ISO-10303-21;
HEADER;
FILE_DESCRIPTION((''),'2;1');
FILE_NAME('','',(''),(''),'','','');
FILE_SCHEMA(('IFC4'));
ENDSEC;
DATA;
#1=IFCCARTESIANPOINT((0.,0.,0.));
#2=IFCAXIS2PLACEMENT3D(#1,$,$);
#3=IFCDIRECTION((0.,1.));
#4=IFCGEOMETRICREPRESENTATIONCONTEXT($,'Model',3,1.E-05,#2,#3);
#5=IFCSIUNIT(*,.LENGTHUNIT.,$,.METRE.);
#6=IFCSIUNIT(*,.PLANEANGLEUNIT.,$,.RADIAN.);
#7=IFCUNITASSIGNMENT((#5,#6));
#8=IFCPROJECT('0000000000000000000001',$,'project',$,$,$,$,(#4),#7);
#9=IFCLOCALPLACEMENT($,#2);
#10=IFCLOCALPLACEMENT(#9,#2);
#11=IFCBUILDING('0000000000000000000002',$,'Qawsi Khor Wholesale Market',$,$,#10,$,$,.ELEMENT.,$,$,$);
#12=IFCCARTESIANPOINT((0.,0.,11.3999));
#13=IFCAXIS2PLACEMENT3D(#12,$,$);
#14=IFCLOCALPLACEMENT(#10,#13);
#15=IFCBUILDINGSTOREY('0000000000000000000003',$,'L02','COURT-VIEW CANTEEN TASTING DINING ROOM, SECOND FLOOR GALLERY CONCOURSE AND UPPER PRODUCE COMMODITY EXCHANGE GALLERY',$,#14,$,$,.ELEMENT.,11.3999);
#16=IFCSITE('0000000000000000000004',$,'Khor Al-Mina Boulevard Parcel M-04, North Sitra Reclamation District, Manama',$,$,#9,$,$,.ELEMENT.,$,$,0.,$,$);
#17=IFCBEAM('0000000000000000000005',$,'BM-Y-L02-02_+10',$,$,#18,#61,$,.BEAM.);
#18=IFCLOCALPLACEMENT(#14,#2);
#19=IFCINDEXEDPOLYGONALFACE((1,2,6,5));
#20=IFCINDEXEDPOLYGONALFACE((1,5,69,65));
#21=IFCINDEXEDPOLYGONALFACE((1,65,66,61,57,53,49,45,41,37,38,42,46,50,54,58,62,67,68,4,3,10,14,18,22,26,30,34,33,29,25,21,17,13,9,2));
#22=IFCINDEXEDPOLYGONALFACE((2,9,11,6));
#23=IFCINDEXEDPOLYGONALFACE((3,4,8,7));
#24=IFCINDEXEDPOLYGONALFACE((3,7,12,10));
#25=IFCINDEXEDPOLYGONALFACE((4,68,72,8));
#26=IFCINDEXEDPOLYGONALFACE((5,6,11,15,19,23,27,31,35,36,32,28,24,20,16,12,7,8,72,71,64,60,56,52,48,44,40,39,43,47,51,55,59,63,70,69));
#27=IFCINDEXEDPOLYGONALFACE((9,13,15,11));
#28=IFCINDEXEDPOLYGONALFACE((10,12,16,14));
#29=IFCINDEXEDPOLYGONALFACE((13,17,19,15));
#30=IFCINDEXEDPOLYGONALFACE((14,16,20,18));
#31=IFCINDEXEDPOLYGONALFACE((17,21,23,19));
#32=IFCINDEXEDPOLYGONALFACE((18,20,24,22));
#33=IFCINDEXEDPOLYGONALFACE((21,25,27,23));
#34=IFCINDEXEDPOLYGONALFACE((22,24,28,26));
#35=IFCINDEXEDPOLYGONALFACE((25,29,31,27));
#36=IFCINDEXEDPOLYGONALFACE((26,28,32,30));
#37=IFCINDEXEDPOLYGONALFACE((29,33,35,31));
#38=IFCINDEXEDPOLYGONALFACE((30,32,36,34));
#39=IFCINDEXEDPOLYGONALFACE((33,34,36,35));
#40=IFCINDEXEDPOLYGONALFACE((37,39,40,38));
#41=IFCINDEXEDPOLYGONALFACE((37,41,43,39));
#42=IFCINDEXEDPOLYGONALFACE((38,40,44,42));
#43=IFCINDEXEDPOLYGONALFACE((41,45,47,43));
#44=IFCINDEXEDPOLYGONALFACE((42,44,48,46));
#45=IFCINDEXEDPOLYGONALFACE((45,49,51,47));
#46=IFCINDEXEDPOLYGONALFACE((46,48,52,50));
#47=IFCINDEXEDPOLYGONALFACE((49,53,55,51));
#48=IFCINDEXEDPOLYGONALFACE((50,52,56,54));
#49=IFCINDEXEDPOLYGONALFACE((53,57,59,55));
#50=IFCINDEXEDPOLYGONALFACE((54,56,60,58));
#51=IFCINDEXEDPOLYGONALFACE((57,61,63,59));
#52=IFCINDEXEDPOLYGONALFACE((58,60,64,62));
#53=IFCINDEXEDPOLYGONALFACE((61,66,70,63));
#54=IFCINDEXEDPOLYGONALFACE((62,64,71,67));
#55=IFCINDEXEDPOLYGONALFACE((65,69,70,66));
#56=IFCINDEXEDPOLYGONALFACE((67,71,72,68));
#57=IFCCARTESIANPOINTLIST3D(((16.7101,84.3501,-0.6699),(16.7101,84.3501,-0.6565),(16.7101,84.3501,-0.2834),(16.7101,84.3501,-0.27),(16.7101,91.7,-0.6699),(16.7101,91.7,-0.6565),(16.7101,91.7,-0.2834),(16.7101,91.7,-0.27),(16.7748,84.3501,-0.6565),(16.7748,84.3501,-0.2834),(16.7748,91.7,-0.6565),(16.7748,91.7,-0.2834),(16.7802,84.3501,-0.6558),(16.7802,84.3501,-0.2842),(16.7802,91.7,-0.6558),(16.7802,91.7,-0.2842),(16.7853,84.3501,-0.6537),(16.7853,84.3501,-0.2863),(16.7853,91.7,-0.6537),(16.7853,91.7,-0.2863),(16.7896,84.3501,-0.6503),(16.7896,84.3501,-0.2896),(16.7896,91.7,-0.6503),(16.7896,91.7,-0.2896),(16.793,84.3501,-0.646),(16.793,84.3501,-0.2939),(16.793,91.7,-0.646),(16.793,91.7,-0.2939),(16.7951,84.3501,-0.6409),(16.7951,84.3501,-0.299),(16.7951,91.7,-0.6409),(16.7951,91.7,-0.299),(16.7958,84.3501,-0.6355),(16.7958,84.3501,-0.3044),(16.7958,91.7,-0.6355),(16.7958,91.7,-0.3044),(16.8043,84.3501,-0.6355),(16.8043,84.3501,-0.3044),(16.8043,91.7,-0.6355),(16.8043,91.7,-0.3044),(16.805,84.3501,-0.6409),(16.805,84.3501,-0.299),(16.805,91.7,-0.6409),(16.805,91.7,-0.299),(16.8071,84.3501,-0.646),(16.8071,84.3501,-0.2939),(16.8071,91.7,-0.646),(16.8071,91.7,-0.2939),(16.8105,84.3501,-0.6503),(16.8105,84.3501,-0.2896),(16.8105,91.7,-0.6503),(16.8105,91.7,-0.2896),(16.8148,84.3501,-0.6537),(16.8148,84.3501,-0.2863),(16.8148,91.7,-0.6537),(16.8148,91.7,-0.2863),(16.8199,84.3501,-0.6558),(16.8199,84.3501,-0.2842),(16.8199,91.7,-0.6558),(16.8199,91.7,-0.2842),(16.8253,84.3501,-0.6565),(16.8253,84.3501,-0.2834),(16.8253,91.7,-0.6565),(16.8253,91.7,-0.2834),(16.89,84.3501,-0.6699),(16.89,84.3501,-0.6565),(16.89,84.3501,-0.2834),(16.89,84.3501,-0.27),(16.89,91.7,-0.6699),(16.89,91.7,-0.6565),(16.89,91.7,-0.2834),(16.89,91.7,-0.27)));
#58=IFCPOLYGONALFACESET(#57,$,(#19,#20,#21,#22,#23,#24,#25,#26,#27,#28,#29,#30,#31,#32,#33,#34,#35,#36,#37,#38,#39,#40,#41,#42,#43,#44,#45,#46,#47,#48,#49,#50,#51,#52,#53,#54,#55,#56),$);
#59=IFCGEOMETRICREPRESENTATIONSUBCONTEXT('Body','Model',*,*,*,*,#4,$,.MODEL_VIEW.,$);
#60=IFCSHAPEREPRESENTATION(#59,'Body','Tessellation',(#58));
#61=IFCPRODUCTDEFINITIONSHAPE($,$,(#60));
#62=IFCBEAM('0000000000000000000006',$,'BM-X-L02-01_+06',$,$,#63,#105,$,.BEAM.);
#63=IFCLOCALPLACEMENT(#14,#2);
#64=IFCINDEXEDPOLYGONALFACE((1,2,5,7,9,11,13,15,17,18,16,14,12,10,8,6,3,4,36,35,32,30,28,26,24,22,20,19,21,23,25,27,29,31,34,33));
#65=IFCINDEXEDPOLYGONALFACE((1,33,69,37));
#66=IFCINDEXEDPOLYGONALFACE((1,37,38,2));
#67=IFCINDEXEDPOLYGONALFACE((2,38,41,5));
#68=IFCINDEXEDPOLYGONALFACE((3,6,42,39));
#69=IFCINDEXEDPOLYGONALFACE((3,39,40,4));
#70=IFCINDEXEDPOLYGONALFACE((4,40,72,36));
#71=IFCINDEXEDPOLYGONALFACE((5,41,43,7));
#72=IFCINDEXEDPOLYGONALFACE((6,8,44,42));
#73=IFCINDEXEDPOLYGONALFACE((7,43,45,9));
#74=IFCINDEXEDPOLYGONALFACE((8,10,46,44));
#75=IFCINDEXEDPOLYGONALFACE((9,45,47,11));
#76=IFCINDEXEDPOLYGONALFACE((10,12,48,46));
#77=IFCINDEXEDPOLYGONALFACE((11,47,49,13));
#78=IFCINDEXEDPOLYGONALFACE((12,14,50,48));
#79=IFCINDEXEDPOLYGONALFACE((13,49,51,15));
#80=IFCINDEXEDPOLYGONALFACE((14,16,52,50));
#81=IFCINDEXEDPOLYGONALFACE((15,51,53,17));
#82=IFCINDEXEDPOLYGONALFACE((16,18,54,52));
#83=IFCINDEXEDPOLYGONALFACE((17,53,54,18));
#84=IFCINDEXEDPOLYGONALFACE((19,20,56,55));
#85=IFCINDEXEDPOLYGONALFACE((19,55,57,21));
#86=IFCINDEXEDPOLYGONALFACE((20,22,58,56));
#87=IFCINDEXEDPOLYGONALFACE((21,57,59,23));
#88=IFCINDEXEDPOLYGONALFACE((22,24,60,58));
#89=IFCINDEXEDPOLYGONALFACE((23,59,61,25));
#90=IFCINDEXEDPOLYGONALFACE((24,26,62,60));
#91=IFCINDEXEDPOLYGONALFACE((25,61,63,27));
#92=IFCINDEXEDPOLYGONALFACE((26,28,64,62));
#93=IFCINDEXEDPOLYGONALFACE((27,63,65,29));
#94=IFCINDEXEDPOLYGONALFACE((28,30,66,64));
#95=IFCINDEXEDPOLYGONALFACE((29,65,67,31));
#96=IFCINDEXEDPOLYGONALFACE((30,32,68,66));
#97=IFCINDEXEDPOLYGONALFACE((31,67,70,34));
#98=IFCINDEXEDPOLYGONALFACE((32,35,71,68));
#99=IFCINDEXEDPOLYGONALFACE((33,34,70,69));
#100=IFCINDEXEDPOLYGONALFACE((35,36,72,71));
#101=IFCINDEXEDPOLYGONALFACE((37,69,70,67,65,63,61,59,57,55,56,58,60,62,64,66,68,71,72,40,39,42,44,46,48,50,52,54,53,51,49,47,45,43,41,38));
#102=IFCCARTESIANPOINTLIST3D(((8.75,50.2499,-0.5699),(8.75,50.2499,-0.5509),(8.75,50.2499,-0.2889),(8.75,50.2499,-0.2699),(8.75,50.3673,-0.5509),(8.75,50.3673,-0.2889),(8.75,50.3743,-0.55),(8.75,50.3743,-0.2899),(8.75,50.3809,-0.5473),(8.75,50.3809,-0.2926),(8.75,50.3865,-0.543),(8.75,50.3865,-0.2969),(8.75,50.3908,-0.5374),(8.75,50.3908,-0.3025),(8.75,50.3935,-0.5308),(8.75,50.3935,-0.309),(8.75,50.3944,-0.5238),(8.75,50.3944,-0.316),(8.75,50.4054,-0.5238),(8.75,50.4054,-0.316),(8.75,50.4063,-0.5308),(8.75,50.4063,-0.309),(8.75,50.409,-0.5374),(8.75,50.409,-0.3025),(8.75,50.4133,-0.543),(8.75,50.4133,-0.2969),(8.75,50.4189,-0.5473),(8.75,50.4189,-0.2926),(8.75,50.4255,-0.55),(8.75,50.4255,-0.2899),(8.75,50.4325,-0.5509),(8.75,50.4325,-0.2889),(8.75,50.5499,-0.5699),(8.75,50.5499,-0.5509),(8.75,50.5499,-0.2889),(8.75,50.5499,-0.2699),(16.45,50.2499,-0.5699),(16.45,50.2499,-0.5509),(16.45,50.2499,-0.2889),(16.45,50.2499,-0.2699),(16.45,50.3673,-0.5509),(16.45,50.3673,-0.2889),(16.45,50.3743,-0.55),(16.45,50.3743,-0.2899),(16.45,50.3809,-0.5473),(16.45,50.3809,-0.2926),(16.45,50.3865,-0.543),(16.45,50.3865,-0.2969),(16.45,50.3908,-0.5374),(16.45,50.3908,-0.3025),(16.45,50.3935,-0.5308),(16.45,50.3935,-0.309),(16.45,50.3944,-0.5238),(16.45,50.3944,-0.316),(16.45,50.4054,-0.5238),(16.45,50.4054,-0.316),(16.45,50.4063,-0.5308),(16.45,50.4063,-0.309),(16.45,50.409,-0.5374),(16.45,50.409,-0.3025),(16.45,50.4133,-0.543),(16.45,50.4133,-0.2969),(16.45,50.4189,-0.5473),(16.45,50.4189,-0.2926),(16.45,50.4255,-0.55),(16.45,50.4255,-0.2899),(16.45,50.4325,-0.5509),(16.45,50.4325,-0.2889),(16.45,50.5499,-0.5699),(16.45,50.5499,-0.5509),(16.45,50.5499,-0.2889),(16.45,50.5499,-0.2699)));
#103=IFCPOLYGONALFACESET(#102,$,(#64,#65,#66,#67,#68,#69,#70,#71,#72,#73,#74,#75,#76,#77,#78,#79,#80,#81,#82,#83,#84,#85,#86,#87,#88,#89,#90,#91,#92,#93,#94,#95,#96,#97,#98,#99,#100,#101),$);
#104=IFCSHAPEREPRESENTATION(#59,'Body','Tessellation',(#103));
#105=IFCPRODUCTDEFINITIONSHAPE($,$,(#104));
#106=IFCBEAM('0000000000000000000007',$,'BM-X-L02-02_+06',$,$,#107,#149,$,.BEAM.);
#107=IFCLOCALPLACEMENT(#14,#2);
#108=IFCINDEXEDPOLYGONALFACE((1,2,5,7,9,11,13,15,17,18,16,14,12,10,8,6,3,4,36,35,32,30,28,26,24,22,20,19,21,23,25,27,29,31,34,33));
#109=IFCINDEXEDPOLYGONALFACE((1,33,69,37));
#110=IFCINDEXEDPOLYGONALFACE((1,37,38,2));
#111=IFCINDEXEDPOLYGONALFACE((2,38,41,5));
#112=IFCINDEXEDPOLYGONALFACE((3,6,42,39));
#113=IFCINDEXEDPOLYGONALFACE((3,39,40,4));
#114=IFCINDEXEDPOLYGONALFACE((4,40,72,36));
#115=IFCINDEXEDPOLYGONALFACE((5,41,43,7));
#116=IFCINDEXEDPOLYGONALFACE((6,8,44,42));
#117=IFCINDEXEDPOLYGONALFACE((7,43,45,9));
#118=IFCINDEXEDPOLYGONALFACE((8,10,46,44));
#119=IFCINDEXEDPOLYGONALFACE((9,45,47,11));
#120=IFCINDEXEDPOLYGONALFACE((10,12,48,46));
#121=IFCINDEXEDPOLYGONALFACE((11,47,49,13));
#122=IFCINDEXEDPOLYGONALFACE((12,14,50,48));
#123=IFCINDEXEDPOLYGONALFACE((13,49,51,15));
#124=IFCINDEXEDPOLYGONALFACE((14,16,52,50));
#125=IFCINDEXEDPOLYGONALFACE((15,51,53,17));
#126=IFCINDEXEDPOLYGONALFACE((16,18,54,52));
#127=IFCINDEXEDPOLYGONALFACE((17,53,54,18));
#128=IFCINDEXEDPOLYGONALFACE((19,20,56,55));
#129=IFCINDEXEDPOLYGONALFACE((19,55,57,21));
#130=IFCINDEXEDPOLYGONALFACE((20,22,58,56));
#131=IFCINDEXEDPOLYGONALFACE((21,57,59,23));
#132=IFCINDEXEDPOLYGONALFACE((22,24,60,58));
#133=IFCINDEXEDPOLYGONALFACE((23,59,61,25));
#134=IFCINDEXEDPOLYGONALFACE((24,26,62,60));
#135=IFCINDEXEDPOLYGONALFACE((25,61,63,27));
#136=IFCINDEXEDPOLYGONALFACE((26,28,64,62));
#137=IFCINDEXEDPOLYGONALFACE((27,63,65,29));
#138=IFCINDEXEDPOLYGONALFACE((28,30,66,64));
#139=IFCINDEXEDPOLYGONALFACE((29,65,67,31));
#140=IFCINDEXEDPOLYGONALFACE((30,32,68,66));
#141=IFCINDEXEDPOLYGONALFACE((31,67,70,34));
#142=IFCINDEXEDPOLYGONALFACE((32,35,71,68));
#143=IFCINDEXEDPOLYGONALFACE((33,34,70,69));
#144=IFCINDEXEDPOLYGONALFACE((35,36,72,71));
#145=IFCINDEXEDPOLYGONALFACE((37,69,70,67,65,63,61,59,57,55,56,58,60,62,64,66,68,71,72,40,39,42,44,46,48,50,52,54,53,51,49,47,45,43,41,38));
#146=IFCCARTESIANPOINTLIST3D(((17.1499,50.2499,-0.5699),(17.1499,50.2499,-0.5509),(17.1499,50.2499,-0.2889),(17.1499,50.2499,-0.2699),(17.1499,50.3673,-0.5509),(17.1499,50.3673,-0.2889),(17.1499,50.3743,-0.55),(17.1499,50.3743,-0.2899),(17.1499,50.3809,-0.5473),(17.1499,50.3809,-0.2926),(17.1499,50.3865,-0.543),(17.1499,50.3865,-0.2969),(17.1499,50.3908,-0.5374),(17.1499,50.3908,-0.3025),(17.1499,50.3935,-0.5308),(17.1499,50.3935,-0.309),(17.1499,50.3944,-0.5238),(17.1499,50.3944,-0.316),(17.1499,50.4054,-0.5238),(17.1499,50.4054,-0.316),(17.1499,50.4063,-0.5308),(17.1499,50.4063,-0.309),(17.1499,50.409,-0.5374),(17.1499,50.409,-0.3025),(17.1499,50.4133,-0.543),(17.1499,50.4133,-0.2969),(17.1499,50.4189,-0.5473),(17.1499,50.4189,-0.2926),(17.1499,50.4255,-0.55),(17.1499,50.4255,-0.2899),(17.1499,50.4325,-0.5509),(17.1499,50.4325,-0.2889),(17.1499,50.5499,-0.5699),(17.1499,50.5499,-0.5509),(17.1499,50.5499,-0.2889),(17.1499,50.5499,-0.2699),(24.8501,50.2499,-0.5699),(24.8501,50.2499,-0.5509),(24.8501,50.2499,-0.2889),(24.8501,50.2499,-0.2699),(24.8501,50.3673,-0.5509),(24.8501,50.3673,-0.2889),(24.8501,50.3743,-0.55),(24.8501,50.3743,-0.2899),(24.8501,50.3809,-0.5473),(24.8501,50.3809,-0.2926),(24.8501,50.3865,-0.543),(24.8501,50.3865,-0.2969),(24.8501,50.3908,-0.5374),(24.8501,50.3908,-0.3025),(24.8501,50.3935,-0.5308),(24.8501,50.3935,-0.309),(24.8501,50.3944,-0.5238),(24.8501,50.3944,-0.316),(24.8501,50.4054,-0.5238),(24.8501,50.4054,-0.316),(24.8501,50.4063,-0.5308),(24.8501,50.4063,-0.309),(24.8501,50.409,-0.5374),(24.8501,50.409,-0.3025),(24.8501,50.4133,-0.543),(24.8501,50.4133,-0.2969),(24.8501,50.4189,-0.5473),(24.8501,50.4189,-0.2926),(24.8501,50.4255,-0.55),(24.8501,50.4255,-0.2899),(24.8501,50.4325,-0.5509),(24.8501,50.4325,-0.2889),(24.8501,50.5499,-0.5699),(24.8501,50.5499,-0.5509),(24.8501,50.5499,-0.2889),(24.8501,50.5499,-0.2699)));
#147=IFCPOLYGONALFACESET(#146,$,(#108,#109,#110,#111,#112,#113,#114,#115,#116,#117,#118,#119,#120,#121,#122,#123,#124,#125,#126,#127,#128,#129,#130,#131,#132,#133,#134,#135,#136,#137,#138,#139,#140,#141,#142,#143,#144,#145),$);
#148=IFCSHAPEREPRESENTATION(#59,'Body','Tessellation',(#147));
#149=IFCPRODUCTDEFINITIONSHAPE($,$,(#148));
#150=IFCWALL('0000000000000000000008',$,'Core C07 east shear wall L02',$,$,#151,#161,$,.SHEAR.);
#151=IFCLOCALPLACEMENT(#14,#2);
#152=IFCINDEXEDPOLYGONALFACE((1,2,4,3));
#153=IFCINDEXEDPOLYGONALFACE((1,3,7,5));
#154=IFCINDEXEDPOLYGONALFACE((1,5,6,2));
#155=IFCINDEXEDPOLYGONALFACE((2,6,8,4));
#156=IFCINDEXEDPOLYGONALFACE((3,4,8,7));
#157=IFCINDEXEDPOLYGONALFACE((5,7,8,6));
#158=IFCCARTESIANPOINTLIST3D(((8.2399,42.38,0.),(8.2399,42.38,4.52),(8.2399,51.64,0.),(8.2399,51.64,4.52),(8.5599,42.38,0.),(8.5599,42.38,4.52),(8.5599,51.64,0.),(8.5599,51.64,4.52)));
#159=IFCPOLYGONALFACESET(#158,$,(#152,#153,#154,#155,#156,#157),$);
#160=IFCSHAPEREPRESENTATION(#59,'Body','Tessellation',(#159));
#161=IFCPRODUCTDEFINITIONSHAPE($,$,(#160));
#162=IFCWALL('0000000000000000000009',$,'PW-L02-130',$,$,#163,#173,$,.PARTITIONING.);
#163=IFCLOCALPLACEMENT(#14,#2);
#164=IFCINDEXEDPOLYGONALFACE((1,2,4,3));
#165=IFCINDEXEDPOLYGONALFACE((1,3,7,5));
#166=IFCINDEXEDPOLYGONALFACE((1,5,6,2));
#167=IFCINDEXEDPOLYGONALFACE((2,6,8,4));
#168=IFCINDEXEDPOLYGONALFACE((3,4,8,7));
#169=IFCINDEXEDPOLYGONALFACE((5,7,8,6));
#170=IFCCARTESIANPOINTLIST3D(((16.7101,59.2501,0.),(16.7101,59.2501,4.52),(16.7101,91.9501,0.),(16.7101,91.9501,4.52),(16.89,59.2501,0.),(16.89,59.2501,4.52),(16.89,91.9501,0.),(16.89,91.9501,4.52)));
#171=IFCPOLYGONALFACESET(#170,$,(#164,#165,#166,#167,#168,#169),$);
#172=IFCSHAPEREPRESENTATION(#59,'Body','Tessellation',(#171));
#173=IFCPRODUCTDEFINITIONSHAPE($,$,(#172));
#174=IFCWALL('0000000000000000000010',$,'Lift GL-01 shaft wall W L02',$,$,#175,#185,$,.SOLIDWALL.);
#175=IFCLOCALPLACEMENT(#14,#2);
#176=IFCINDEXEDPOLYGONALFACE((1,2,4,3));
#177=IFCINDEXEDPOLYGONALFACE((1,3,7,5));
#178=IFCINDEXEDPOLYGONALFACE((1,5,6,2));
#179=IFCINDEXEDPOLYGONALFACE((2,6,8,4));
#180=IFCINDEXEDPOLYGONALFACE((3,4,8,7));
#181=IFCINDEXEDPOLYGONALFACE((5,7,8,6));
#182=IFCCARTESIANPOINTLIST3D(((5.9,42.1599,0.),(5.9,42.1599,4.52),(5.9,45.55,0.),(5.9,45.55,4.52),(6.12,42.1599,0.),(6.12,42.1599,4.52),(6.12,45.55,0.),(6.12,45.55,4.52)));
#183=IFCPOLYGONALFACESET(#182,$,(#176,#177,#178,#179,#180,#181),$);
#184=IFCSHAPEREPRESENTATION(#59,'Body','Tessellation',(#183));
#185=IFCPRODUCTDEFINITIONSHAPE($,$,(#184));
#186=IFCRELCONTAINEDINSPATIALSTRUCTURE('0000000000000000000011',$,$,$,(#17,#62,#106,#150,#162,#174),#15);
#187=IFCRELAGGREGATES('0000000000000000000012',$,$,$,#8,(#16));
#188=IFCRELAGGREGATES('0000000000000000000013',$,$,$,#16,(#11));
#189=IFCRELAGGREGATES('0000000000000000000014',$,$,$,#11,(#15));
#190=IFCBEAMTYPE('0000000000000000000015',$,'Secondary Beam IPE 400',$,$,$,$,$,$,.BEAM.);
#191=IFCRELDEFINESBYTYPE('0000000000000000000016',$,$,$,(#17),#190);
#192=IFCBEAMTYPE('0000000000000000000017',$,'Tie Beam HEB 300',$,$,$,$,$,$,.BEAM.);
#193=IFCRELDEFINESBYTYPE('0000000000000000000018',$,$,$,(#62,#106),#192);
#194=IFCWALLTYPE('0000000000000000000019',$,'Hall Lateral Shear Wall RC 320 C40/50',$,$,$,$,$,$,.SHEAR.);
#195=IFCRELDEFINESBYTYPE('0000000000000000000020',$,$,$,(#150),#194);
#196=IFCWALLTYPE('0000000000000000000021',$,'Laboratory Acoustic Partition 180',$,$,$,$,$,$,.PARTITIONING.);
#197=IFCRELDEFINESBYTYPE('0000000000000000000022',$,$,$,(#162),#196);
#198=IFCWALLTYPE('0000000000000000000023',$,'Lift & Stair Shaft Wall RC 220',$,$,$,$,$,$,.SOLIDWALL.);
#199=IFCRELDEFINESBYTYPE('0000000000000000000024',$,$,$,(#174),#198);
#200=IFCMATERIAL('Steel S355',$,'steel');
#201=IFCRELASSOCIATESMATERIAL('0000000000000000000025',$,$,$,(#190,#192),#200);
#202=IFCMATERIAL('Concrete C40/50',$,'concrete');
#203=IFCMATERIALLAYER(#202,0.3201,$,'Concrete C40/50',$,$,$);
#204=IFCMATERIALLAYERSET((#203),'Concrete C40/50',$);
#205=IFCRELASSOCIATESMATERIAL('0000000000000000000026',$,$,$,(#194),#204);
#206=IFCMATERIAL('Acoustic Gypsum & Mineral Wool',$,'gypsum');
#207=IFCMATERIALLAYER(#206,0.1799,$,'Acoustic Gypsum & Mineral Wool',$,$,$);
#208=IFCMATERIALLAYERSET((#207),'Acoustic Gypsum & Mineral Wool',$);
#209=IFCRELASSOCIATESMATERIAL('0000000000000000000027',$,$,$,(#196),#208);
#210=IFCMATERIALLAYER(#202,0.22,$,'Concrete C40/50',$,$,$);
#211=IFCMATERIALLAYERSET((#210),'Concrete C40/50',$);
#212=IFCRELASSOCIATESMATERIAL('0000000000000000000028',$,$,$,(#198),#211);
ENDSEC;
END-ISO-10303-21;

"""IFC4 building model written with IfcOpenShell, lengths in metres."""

from ifc_helpers import new_model, si_unit, direction, frame, frame_2d, origin, origin_2d, place, context, subcontext, project, spatial, rectangle, i_section, extrude, material, layer, layer_set, material_profile, profile_set, type_object, element, save


model = new_model("IFC4")

# Units and contexts
model_context = context("Model", 3, precision=1e-05, world=origin(), true_north=direction((0.0, 1.0)))
body_context = subcontext(model_context, "Body", "Model", "MODEL_VIEW")
ifc_project = project(units=[si_unit("LENGTHUNIT", "METRE"), si_unit("PLANEANGLEUNIT", "RADIAN")], contexts=[model_context])

# Site, building, storey
site_placement = place(None, origin())
site = spatial("IfcSite", under=ifc_project, at=site_placement, Name="Khor Al-Mina Boulevard Parcel M-04, North Sitra Reclamation District, Manama", CompositionType="ELEMENT", RefElevation=0.0)
building_placement = place(site_placement, origin())
building = spatial("IfcBuilding", under=site, at=building_placement, Name="Qawsi Khor Wholesale Market", CompositionType="ELEMENT")
storey_placement = place(building_placement, frame((0.0, 0.0, 11.3999)))
storey = spatial("IfcBuildingStorey", under=building, at=storey_placement, Name="L02", Description="COURT-VIEW CANTEEN TASTING DINING ROOM, SECOND FLOOR GALLERY CONCOURSE AND UPPER PRODUCE COMMODITY EXCHANGE GALLERY", CompositionType="ELEMENT", Elevation=11.3999)

# Shared definitions
ifc_material_1 = material(Name="Concrete C40/50", Category="concrete")

# Beams
ifc_material_2 = material(Name="Steel S355", Category="steel")
ifc_material_profile_1 = material_profile(ifc_material_2, i_section(OverallWidth=0.1799, OverallDepth=0.3999, WebThickness=0.0085, FlangeThickness=0.0134, FilletRadius=0.021, at=origin_2d()), Name="IPE 400")
ifc_profile_set_1 = profile_set([ifc_material_profile_1], Name="Steel S355")
beam_type_1 = type_object("IfcBeamType", Name="Secondary Beam IPE 400", PredefinedType="BEAM", material=ifc_profile_set_1)
beam_1_placement = place(storey_placement, frame((16.8, 84.3501, -0.47), z_axis=(0.0, 1.0, 0.0), x_axis=(-1.0, 0.0, 0.0)))
element("IfcBeam", 1, at=beam_1_placement, inside=storey, type_object=beam_type_1, Name="BM-Y-L02-02_+10", PredefinedType="BEAM", context=body_context, shape_type="SweptSolid", body=[
    extrude(i_section(OverallWidth=0.1799, OverallDepth=0.3999, WebThickness=0.0085, FlangeThickness=0.0134, FilletRadius=0.021, at=origin_2d()), origin(), (0.0, 0.0, 1.0), 7.3499),
])
ifc_material_profile_2 = material_profile(ifc_material_2, i_section(OverallWidth=0.3, OverallDepth=0.3, WebThickness=0.011, FlangeThickness=0.019, FilletRadius=0.0271, at=origin_2d()), Name="HEB 300")
ifc_profile_set_2 = profile_set([ifc_material_profile_2], Name="Steel S355")
beam_type_2 = type_object("IfcBeamType", Name="Tie Beam HEB 300", PredefinedType="BEAM", material=ifc_profile_set_2)
beam_2_placement = place(storey_placement, frame((8.75, 50.3999, -0.4199), z_axis=(1.0, 0.0, 0.0), x_axis=(0.0, 1.0, 0.0)))
element("IfcBeam", 2, at=beam_2_placement, inside=storey, type_object=beam_type_2, Name="BM-X-L02-01_+06", PredefinedType="BEAM", context=body_context, shape_type="SweptSolid", body=[
    extrude(i_section(OverallWidth=0.3, OverallDepth=0.3, WebThickness=0.011, FlangeThickness=0.019, FilletRadius=0.0271, at=origin_2d()), origin(), (0.0, 0.0, 1.0), 7.7),
])
beam_3_placement = place(storey_placement, frame((17.1499, 50.3999, -0.4199), z_axis=(1.0, 0.0, 0.0), x_axis=(0.0, 1.0, 0.0)))
element("IfcBeam", 3, at=beam_3_placement, inside=storey, type_object=beam_type_2, Name="BM-X-L02-02_+06", PredefinedType="BEAM", context=body_context, shape_type="SweptSolid", body=[
    extrude(i_section(OverallWidth=0.3, OverallDepth=0.3, WebThickness=0.011, FlangeThickness=0.019, FilletRadius=0.0271, at=origin_2d()), origin(), (0.0, 0.0, 1.0), 7.7002),
])

# Walls
ifc_layer_1 = layer(ifc_material_1, 0.3201, Name="Concrete C40/50")
ifc_layer_set_1 = layer_set([ifc_layer_1], Name="Concrete C40/50")
wall_type_1 = type_object("IfcWallType", Name="Hall Lateral Shear Wall RC 320 C40/50", PredefinedType="SHEAR", material=ifc_layer_set_1)
wall_1_placement = place(storey_placement, frame((8.3999, 51.6399, 0.0), z_axis=(0.0, 0.0, 1.0), x_axis=(0.0, -1.0, 0.0)))
element("IfcWall", 4, at=wall_1_placement, inside=storey, type_object=wall_type_1, Name="Core C07 east shear wall L02", PredefinedType="SHEAR", context=body_context, shape_type="SweptSolid", body=[
    extrude(rectangle(XDim=9.26, YDim=0.3201, at=frame_2d((4.6299, 0.0))), origin(), (0.0, 0.0, 1.0), 4.52),
])
ifc_material_3 = material(Name="Acoustic Gypsum & Mineral Wool", Category="gypsum")
ifc_layer_2 = layer(ifc_material_3, 0.1799, Name="Acoustic Gypsum & Mineral Wool")
ifc_layer_set_2 = layer_set([ifc_layer_2], Name="Acoustic Gypsum & Mineral Wool")
wall_type_2 = type_object("IfcWallType", Name="Laboratory Acoustic Partition 180", PredefinedType="PARTITIONING", material=ifc_layer_set_2)
wall_2_placement = place(storey_placement, frame((16.8, 59.25, 0.0), z_axis=(0.0, 0.0, 1.0), x_axis=(0.0, 1.0, 0.0)))
element("IfcWall", 5, at=wall_2_placement, inside=storey, type_object=wall_type_2, Name="PW-L02-130", PredefinedType="PARTITIONING", context=body_context, shape_type="SweptSolid", body=[
    extrude(rectangle(XDim=32.7, YDim=0.1799, at=frame_2d((16.3501, 0.0))), origin(), (0.0, 0.0, 1.0), 4.52),
])
ifc_layer_3 = layer(ifc_material_1, 0.22, Name="Concrete C40/50")
ifc_layer_set_3 = layer_set([ifc_layer_3], Name="Concrete C40/50")
wall_type_3 = type_object("IfcWallType", Name="Lift & Stair Shaft Wall RC 220", PredefinedType="SOLIDWALL", material=ifc_layer_set_3)
wall_3_placement = place(storey_placement, frame((6.01, 42.1599, 0.0), z_axis=(0.0, 0.0, 1.0), x_axis=(0.0, 1.0, 0.0)))
element("IfcWall", 6, at=wall_3_placement, inside=storey, type_object=wall_type_3, Name="Lift GL-01 shaft wall W L02", PredefinedType="SOLIDWALL", context=body_context, shape_type="SweptSolid", body=[
    extrude(rectangle(XDim=3.3901, YDim=0.22, at=frame_2d((1.6951, 0.0))), origin(), (0.0, 0.0, 1.0), 4.52),
])

save(model, "model.ifc")
